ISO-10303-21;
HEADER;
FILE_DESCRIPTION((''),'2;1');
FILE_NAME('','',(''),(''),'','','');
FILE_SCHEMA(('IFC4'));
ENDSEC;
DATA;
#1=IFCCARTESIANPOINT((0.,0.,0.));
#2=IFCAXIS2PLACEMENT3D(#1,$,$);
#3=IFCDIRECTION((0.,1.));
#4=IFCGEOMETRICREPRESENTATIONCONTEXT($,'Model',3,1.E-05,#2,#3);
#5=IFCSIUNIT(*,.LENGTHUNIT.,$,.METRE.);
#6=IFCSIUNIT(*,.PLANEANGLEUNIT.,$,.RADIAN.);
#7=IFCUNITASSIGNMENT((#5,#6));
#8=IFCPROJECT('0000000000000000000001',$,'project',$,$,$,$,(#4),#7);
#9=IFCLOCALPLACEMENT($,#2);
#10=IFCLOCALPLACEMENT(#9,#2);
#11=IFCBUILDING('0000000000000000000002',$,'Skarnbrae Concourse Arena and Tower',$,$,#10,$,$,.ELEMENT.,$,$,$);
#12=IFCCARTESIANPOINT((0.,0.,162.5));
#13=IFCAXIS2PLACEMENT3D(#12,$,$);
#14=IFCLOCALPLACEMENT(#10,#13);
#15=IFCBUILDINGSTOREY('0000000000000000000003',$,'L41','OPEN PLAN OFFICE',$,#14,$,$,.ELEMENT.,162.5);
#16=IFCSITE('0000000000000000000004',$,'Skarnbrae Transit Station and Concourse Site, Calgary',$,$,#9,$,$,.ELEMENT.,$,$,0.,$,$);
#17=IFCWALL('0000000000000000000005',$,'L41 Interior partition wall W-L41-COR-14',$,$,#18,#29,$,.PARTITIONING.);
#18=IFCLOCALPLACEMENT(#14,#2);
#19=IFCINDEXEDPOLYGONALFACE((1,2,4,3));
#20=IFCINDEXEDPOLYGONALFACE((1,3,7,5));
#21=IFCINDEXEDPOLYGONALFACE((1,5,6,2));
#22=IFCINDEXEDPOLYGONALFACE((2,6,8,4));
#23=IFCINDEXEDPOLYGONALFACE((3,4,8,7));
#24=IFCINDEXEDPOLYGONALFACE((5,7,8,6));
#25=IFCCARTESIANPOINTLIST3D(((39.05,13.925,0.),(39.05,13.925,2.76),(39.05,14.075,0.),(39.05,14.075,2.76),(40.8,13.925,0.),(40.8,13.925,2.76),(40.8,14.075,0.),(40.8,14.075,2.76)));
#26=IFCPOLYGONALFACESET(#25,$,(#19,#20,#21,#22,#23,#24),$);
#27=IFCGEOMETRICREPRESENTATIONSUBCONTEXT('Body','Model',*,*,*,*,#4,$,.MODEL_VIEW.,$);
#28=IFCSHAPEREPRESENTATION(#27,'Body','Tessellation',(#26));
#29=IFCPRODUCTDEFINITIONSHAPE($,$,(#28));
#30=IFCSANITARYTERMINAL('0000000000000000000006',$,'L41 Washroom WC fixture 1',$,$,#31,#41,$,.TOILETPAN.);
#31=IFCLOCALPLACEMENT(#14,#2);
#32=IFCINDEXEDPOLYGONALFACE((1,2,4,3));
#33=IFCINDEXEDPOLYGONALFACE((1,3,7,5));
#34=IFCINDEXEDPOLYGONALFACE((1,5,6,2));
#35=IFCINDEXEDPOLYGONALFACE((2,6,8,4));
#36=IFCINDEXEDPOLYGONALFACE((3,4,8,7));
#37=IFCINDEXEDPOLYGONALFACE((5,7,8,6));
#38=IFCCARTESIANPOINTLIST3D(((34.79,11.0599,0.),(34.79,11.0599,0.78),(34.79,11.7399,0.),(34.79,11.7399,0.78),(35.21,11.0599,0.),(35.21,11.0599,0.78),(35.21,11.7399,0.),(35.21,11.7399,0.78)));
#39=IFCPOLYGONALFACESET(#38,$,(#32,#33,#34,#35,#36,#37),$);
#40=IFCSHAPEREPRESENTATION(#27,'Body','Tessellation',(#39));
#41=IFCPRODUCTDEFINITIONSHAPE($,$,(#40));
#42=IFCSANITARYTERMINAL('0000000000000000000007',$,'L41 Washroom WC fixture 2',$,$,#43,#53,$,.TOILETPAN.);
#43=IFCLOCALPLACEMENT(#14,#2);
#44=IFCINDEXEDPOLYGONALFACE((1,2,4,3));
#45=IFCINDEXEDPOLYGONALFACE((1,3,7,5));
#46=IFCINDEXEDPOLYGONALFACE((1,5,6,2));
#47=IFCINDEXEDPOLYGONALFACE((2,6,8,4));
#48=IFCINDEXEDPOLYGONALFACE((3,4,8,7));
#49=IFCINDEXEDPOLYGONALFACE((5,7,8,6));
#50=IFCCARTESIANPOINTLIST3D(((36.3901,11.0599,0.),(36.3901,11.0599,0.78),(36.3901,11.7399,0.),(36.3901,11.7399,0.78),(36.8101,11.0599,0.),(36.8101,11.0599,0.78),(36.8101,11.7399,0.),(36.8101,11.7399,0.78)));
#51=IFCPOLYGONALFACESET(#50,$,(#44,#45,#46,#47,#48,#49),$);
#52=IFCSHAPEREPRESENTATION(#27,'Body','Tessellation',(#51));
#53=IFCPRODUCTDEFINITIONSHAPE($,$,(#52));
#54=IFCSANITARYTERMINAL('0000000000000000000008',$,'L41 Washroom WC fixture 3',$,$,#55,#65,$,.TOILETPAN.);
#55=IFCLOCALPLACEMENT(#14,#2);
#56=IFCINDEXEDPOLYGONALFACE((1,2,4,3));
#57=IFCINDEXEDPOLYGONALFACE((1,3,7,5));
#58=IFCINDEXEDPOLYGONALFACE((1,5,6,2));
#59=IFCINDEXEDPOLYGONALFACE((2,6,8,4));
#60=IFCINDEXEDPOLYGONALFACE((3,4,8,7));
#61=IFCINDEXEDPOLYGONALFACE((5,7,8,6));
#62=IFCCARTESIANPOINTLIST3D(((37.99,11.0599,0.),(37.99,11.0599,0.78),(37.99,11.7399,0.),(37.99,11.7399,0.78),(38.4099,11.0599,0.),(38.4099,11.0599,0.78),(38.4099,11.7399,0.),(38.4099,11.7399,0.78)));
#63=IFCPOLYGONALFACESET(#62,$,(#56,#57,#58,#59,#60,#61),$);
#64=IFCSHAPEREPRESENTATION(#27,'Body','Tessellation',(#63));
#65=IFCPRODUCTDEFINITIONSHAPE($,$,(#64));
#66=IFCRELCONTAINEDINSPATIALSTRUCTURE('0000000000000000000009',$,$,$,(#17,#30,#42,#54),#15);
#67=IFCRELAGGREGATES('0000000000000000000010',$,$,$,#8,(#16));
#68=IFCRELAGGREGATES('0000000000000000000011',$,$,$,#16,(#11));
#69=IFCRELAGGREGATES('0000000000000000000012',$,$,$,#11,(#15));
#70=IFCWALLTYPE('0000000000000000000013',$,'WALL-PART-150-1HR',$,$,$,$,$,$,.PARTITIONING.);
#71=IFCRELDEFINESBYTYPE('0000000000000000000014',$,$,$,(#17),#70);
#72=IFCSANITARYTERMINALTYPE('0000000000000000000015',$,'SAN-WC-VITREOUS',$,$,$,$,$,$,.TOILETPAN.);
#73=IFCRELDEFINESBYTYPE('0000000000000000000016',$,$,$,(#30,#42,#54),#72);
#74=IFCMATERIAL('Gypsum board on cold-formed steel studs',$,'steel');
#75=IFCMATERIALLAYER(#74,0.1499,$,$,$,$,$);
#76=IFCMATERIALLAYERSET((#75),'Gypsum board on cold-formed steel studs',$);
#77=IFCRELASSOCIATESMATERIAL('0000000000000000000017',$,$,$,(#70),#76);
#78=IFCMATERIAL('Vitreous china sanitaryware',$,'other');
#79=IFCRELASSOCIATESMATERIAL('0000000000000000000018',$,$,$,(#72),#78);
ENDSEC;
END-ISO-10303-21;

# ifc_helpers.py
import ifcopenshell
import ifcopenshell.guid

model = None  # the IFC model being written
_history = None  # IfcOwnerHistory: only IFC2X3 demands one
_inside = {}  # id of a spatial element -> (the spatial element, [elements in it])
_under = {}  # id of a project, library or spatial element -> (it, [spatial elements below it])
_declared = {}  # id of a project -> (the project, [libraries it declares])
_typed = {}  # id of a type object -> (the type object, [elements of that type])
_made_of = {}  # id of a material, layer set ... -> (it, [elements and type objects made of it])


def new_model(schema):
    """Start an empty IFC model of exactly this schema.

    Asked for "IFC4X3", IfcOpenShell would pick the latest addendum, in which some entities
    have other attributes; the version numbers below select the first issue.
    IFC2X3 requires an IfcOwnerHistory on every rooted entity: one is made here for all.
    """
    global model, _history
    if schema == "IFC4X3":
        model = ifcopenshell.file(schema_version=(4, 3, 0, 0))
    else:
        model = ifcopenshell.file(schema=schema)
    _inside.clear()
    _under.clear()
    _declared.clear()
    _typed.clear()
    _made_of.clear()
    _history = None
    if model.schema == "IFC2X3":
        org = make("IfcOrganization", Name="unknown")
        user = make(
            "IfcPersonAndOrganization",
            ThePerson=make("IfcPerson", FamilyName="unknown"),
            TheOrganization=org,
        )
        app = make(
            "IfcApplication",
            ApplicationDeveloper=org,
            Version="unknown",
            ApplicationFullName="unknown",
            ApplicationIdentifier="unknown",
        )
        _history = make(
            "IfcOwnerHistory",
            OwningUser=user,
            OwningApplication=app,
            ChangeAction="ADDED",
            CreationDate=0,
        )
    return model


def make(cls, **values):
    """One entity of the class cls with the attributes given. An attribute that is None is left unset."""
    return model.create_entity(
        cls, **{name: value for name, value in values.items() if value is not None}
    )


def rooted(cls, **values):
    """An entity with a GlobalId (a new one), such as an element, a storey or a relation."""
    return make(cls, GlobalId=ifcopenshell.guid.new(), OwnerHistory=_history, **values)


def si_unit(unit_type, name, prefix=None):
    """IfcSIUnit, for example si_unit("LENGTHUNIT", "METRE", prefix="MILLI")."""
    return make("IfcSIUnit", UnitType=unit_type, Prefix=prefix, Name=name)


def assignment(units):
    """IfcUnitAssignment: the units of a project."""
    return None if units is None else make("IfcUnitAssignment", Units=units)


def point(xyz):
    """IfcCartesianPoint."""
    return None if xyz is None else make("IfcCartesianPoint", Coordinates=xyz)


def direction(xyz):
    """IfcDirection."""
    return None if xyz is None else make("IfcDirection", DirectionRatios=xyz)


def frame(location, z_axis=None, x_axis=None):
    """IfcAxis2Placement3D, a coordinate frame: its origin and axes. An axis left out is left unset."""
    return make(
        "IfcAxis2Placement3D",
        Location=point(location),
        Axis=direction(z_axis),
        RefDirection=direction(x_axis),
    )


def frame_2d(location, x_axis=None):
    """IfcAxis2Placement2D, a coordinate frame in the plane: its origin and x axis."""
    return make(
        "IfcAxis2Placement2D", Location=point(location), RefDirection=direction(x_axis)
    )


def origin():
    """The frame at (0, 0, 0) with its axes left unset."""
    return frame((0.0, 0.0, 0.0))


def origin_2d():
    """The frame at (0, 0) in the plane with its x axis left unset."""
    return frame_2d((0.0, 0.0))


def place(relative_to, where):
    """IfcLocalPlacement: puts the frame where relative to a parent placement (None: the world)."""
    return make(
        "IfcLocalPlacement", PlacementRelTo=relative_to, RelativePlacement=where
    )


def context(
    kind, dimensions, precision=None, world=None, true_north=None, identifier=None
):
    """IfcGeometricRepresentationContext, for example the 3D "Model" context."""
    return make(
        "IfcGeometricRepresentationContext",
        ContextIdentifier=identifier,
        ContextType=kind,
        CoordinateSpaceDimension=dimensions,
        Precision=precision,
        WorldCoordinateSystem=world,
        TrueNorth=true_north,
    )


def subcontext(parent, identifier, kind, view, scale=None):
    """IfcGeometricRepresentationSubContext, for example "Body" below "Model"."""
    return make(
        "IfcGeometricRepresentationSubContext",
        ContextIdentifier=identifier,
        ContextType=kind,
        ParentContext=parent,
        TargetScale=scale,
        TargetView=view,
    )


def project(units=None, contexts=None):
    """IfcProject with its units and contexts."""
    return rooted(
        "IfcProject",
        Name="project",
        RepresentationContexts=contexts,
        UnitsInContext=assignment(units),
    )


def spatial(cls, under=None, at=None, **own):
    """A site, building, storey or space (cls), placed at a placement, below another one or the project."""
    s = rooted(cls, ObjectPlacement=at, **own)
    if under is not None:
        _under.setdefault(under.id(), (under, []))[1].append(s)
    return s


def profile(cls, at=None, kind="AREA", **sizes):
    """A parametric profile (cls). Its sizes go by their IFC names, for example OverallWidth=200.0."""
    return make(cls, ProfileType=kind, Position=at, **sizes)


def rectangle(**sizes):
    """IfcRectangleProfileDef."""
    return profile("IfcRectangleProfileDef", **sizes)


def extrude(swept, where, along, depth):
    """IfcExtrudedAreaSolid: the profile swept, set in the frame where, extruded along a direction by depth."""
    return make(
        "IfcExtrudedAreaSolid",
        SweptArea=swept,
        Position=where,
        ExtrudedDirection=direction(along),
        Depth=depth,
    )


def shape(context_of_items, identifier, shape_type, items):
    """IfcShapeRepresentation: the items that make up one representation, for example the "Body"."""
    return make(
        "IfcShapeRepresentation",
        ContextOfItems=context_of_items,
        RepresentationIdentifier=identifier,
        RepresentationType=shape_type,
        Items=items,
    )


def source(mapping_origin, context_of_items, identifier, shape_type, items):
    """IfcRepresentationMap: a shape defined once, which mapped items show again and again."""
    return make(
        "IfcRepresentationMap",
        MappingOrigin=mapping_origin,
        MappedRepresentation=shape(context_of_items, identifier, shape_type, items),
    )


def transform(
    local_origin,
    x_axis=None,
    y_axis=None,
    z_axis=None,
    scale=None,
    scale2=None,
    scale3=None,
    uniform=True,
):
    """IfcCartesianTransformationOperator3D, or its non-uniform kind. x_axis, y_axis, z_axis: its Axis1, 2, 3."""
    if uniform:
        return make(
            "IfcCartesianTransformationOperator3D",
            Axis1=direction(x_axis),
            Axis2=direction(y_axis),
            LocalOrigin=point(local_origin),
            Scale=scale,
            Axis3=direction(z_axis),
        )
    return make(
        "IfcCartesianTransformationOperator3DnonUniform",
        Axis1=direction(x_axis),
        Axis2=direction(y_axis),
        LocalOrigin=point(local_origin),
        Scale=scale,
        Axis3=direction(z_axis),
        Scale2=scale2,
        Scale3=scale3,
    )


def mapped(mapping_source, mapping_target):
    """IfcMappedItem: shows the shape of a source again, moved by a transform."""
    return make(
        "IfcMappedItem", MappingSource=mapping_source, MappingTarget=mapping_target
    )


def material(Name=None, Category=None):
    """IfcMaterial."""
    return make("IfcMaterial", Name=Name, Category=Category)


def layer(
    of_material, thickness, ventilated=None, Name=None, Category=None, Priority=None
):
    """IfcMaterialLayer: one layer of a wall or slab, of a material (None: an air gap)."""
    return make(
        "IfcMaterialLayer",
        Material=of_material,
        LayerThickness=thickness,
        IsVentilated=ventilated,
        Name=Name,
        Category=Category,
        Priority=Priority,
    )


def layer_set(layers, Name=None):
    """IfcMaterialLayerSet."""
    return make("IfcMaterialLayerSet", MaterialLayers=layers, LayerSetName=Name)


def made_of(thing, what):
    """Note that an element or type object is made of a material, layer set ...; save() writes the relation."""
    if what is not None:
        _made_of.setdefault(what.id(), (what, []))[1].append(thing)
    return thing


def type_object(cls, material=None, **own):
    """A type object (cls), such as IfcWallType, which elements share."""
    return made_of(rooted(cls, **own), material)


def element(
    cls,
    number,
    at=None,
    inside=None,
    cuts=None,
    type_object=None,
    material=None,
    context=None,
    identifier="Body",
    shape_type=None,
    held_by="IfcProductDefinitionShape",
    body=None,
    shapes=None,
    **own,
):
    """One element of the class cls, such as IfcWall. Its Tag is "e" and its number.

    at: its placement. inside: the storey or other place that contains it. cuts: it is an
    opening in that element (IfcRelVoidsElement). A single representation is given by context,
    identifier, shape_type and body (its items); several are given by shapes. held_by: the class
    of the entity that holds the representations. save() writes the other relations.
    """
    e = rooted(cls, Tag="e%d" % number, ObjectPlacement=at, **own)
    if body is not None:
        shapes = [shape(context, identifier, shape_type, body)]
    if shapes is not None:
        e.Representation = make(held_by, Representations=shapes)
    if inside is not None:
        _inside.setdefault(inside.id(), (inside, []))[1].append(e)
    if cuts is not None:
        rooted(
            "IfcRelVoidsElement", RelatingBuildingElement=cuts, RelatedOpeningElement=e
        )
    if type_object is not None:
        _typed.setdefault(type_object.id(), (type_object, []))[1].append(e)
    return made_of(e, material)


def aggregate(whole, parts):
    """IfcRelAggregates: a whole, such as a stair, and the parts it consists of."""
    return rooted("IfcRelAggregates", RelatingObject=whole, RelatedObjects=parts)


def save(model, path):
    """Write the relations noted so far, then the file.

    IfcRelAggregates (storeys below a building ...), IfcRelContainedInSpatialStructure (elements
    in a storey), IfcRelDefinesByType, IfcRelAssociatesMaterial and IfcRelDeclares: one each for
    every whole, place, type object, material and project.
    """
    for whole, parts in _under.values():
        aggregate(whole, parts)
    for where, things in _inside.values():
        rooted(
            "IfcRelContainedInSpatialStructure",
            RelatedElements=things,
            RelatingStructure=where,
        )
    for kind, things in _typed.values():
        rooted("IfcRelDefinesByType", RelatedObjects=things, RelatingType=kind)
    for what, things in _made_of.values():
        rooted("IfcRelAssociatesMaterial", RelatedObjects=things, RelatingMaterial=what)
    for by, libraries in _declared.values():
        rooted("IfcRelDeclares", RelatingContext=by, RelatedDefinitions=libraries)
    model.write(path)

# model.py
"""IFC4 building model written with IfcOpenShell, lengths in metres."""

from ifc_helpers import new_model, si_unit, direction, frame, frame_2d, origin, origin_2d, place, context, subcontext, project, spatial, rectangle, extrude, source, transform, mapped, material, layer, layer_set, type_object, element, save


model = new_model("IFC4")

# Units and contexts
model_context = context("Model", 3, precision=1e-05, world=origin(), true_north=direction((0.0, 1.0)))
body_context = subcontext(model_context, "Body", "Model", "MODEL_VIEW")
ifc_project = project(units=[si_unit("LENGTHUNIT", "METRE"), si_unit("PLANEANGLEUNIT", "RADIAN")], contexts=[model_context])

# Site, building, storey
site_placement = place(None, origin())
site = spatial("IfcSite", under=ifc_project, at=site_placement, Name="Skarnbrae Transit Station and Concourse Site, Calgary", CompositionType="ELEMENT", RefElevation=0.0)
building_placement = place(site_placement, origin())
building = spatial("IfcBuilding", under=site, at=building_placement, Name="Skarnbrae Concourse Arena and Tower", CompositionType="ELEMENT")
storey_placement = place(building_placement, frame((0.0, 0.0, 162.5)))
storey = spatial("IfcBuildingStorey", under=building, at=storey_placement, Name="L41", Description="OPEN PLAN OFFICE", CompositionType="ELEMENT", Elevation=162.5)

# Shared definitions
ifc_material_1 = material(Name="Gypsum board on cold-formed steel studs", Category="steel")
ifc_layer_1 = layer(ifc_material_1, 0.1499)
ifc_layer_set_1 = layer_set([ifc_layer_1], Name="Gypsum board on cold-formed steel studs")
wall_type_1 = type_object("IfcWallType", Name="WALL-PART-150-1HR", PredefinedType="PARTITIONING", material=ifc_layer_set_1)

# Wall
shared_shape_1 = source(origin(), body_context, "Body", "SweptSolid", [
    extrude(rectangle(XDim=1.75, YDim=0.1499, at=frame_2d((0.875, 0.0))), origin(), (0.0, 0.0, 1.0), 2.76),
])
wall_1_placement = place(storey_placement, frame((40.8, 14.0, 0.0), z_axis=(0.0, 0.0, 1.0), x_axis=(-1.0, 0.0, 0.0)))
element("IfcWall", 1, at=wall_1_placement, inside=storey, type_object=wall_type_1, Name="L41 Interior partition wall W-L41-COR-14", PredefinedType="PARTITIONING", context=body_context, shape_type="MappedRepresentation", body=[
    mapped(shared_shape_1, transform((0.0, 0.0, 0.0))),
])

# Sanitary terminals
ifc_material_2 = material(Name="Vitreous china sanitaryware", Category="other")
sanitary_terminal_type = type_object("IfcSanitaryTerminalType", Name="SAN-WC-VITREOUS", PredefinedType="TOILETPAN", material=ifc_material_2)
shared_shape_2 = source(origin(), body_context, "Body", "SweptSolid", [
    extrude(rectangle(XDim=0.4199, YDim=0.6799, at=origin_2d()), origin(), (0.0, 0.0, 1.0), 0.78),
])
for number, where, z_axis, x_axis, name in (
    (2, (35.0, 11.3999, 0.0), (0.0, 0.0, 1.0), (1.0, 0.0, 0.0), "L41 Washroom WC fixture 1"),
    (3, (36.6001, 11.3999, 0.0), (0.0, 0.0, 1.0), (1.0, 0.0, 0.0), "L41 Washroom WC fixture 2"),
    (4, (38.2, 11.3999, 0.0), (0.0, 0.0, 1.0), (1.0, 0.0, 0.0), "L41 Washroom WC fixture 3"),
):
    element("IfcSanitaryTerminal", number, at=place(storey_placement, frame(where, z_axis=z_axis, x_axis=x_axis)), inside=storey, type_object=sanitary_terminal_type, Name=name, PredefinedType="TOILETPAN", context=body_context, shape_type="MappedRepresentation", body=[
        mapped(shared_shape_2, transform((0.0, 0.0, 0.0))),
    ])

save(model, "model.ifc")
